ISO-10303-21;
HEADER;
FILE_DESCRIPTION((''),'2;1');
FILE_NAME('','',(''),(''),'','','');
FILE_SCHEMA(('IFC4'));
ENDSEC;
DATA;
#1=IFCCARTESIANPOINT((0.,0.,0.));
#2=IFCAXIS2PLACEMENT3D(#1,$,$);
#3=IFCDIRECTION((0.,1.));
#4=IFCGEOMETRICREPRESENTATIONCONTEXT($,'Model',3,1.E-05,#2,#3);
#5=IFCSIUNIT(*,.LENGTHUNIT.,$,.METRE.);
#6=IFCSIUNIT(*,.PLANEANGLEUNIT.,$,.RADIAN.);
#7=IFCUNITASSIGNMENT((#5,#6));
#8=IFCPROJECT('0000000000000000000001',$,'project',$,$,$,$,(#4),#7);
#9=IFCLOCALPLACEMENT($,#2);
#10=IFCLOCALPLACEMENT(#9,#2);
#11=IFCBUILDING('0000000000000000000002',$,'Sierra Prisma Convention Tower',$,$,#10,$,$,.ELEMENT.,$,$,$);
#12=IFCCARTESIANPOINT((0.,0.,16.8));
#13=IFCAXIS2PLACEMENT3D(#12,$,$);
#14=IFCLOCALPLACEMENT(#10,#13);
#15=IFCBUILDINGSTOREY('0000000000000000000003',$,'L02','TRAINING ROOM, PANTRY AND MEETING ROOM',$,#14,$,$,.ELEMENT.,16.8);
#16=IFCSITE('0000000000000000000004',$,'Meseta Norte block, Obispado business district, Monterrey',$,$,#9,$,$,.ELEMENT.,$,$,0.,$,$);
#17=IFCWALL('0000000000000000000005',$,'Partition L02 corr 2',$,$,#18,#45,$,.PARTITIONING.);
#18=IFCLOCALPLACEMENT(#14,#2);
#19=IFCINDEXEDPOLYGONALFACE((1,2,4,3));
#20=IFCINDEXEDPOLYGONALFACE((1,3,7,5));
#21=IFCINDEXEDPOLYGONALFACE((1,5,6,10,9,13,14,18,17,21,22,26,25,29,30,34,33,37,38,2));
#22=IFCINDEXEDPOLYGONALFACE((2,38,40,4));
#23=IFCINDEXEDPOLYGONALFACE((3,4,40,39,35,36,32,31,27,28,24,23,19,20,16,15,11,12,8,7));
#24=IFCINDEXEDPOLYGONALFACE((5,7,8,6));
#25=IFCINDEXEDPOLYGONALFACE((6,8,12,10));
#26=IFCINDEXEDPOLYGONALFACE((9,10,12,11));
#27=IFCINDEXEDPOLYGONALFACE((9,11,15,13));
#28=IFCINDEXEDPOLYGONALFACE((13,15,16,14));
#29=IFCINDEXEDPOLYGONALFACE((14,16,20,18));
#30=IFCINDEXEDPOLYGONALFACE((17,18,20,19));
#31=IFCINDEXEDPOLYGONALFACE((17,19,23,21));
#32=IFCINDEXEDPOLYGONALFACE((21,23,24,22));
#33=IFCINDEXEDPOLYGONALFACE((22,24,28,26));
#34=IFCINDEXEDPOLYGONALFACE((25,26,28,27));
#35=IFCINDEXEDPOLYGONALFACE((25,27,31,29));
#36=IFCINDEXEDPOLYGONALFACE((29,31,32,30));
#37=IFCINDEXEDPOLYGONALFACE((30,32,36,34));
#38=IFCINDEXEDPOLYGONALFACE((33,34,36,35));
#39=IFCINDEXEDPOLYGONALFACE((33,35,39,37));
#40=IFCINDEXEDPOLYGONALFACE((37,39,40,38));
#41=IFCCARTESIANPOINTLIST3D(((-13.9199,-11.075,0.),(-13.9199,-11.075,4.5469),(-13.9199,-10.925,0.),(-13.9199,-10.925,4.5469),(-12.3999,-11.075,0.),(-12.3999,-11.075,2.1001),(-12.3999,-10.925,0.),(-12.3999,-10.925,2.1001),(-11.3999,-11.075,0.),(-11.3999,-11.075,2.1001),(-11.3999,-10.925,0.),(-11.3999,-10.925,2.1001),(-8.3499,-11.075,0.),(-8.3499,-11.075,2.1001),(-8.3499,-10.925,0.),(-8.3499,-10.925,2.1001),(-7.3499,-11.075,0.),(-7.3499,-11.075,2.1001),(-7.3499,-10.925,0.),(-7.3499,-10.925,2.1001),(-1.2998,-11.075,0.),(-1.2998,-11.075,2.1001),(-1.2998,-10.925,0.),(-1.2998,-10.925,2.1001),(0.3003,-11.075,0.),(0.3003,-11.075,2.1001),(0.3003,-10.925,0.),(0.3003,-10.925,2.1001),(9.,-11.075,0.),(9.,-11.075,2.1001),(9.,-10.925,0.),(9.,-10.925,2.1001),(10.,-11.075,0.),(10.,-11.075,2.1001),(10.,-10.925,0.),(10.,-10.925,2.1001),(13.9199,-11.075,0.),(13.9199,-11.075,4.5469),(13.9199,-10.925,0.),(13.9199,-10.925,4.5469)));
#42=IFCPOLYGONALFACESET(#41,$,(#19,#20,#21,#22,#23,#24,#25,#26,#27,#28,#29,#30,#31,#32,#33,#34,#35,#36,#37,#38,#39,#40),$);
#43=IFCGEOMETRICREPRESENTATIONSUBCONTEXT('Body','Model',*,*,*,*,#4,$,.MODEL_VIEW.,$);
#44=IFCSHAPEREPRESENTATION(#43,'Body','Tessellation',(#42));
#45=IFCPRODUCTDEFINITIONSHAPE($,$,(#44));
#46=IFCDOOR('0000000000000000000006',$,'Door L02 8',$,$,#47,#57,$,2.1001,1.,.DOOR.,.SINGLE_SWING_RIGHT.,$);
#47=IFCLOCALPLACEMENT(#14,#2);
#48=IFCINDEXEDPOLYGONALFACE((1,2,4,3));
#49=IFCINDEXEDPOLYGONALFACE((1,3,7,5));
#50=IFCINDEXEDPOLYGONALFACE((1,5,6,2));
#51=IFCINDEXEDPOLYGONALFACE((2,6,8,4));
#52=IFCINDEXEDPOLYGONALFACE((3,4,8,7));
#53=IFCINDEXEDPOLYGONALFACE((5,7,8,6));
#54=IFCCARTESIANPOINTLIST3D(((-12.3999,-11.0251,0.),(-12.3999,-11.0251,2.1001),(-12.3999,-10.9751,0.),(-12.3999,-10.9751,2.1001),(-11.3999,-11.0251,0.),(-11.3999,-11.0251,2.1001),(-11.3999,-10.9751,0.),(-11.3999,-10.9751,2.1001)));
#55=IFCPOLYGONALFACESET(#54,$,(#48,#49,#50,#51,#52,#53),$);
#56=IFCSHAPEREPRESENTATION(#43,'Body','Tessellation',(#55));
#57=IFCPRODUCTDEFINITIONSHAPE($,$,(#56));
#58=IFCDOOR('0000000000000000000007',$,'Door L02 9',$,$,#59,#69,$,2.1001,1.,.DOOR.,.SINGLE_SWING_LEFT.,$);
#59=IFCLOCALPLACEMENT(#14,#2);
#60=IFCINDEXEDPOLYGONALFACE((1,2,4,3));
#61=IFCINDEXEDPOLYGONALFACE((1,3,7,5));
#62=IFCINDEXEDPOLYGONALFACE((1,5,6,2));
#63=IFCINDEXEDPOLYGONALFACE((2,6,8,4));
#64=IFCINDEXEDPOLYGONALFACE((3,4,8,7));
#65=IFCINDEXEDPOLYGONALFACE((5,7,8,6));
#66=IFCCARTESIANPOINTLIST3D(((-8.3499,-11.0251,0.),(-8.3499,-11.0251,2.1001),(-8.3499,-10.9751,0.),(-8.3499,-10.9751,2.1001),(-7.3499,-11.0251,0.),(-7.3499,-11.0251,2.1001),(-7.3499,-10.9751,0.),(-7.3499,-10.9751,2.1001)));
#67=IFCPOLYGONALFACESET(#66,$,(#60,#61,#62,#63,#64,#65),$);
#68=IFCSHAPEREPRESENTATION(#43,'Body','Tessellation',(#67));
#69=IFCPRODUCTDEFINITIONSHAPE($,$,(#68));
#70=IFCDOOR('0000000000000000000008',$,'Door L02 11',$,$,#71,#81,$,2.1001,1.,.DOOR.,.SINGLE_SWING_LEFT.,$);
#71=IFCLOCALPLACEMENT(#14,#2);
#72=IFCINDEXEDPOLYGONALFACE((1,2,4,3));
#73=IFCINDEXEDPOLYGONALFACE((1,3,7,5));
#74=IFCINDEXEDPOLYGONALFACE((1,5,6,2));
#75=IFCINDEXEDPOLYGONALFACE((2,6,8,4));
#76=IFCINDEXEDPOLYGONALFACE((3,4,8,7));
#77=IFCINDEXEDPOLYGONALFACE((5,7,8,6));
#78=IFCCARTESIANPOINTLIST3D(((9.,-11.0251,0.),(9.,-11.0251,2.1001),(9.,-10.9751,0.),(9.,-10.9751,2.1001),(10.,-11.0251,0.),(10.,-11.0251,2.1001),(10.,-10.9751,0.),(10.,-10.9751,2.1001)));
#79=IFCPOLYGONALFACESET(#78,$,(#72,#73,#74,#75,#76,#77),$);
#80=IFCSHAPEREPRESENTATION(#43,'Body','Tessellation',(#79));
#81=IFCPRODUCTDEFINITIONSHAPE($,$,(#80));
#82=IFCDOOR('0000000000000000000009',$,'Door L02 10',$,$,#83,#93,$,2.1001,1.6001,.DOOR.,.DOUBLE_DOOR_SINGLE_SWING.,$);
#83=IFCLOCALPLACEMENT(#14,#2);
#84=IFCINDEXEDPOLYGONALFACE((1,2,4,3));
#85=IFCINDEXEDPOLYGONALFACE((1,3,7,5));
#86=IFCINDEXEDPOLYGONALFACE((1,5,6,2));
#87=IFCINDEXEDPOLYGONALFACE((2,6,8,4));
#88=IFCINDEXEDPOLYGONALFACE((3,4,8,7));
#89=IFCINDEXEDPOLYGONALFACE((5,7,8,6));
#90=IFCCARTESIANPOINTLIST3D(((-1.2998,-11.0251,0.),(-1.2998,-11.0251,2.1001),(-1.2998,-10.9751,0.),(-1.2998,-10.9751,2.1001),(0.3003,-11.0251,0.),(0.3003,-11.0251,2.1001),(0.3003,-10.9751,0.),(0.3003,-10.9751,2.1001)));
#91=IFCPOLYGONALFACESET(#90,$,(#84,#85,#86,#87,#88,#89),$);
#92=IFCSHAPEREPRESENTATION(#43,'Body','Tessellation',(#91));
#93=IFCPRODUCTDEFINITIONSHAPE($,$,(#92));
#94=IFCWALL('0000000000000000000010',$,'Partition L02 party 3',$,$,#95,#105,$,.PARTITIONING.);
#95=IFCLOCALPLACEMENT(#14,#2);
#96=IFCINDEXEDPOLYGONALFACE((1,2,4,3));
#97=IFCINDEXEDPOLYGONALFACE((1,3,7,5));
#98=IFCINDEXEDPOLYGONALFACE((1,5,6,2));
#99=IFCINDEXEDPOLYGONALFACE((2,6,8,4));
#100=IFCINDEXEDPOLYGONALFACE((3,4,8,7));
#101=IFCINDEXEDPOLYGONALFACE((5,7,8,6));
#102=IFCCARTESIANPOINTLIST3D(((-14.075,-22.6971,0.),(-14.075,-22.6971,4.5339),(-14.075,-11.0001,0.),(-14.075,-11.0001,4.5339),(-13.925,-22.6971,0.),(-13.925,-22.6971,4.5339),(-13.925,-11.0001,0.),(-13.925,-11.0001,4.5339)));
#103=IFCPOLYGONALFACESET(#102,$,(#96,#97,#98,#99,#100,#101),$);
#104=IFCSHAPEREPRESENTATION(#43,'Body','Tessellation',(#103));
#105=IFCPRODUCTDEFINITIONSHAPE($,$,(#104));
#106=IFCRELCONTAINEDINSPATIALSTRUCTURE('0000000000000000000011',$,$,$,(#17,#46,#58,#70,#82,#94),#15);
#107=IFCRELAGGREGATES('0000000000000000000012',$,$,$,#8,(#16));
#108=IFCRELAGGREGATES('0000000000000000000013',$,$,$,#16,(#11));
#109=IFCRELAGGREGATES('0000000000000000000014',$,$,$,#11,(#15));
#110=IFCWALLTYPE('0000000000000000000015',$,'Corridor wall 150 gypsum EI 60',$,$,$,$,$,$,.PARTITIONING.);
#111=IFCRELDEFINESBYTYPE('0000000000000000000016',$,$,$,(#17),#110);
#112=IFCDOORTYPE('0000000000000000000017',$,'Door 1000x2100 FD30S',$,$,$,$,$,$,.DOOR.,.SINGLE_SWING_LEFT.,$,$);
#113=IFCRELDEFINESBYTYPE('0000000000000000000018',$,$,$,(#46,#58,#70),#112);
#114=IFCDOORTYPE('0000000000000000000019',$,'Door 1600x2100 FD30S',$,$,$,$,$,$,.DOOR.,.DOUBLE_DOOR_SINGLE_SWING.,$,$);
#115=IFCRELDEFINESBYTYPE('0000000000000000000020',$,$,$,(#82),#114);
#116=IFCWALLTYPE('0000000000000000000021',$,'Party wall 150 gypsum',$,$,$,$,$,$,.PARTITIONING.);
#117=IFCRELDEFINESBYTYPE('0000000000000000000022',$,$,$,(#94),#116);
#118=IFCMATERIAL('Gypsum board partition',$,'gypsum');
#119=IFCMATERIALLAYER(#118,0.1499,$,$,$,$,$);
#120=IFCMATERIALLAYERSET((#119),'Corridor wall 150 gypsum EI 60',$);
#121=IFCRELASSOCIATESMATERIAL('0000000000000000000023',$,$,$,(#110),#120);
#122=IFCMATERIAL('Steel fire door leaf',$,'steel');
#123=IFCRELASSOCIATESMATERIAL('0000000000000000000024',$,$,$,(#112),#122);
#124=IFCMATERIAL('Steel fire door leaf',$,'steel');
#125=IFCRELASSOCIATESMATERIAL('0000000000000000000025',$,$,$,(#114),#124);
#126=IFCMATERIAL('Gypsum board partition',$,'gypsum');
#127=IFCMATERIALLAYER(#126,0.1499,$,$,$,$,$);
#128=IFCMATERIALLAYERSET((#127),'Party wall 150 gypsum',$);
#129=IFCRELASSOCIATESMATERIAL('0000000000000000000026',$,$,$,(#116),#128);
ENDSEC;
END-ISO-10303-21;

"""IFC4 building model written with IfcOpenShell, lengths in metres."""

from ifc_helpers import new_model, si_unit, direction, frame, frame_2d, origin, place, context, subcontext, project, spatial, rectangle, extrude, material, layer, layer_set, type_object, element, fill, save


model = new_model("IFC4")

# Units and contexts
model_context = context("Model", 3, precision=1e-05, world=origin(), true_north=direction((0.0, 1.0)))
body_context = subcontext(model_context, "Body", "Model", "MODEL_VIEW")
ifc_project = project(units=[si_unit("LENGTHUNIT", "METRE"), si_unit("PLANEANGLEUNIT", "RADIAN")], contexts=[model_context])

# Site, building, storey
site_placement = place(None, origin())
site = spatial("IfcSite", under=ifc_project, at=site_placement, Name="Meseta Norte block, Obispado business district, Monterrey", CompositionType="ELEMENT", RefElevation=0.0)
building_placement = place(site_placement, origin())
building = spatial("IfcBuilding", under=site, at=building_placement, Name="Sierra Prisma Convention Tower", CompositionType="ELEMENT")
storey_placement = place(building_placement, frame((0.0, 0.0, 16.8)))
storey = spatial("IfcBuildingStorey", under=building, at=storey_placement, Name="L02", Description="TRAINING ROOM, PANTRY AND MEETING ROOM", CompositionType="ELEMENT", Elevation=16.8)

# Wall, openings, doors
ifc_material_1 = material(Name="Gypsum board partition", Category="gypsum")
ifc_layer_1 = layer(ifc_material_1, 0.1499)
ifc_layer_set_1 = layer_set([ifc_layer_1], Name="Corridor wall 150 gypsum EI 60")
wall_type_1 = type_object("IfcWallType", Name="Corridor wall 150 gypsum EI 60", PredefinedType="PARTITIONING", material=ifc_layer_set_1)
wall_1_placement = place(storey_placement, frame((-13.9199, -11.0, 0.0), z_axis=(0.0, 0.0, 1.0), x_axis=(1.0, 0.0, 0.0)))
wall_1 = element("IfcWall", 1, at=wall_1_placement, inside=storey, type_object=wall_type_1, Name="Partition L02 corr 2", PredefinedType="PARTITIONING", context=body_context, shape_type="SweptSolid", body=[
    extrude(rectangle(XDim=27.8398, YDim=0.1499, at=frame_2d((13.9199, 0.0))), origin(), (0.0, 0.0, 1.0), 4.5469),
])
opening_1_placement = place(wall_1_placement, frame((1.52, 0.0, 0.0)))
opening_1 = element("IfcOpeningElement", 2, at=opening_1_placement, cuts=wall_1, PredefinedType="OPENING", context=body_context, shape_type="SweptSolid", body=[
    extrude(rectangle(XDim=1.0, YDim=2.1001, at=frame_2d((0.5, 1.05))), frame((0.0, 0.075, 0.0), z_axis=(0.0, -1.0, 0.0), x_axis=(1.0, 0.0, 0.0)), (0.0, 0.0, 1.0), 0.1499),
])
opening_2_placement = place(wall_1_placement, frame((5.5701, 0.0, 0.0)))
opening_2 = element("IfcOpeningElement", 3, at=opening_2_placement, cuts=wall_1, PredefinedType="OPENING", context=body_context, shape_type="SweptSolid", body=[
    extrude(rectangle(XDim=1.0, YDim=2.1001, at=frame_2d((0.5, 1.05))), frame((0.0, 0.075, 0.0), z_axis=(0.0, -1.0, 0.0), x_axis=(1.0, 0.0, 0.0)), (0.0, 0.0, 1.0), 0.1499),
])
opening_3_placement = place(wall_1_placement, frame((12.6201, 0.0, 0.0)))
opening_3 = element("IfcOpeningElement", 4, at=opening_3_placement, cuts=wall_1, PredefinedType="OPENING", context=body_context, shape_type="SweptSolid", body=[
    extrude(rectangle(XDim=1.6001, YDim=2.1001, at=frame_2d((0.8, 1.05))), frame((0.0, 0.075, 0.0), z_axis=(0.0, -1.0, 0.0), x_axis=(1.0, 0.0, 0.0)), (0.0, 0.0, 1.0), 0.1499),
])
opening_4_placement = place(wall_1_placement, frame((22.9199, 0.0, 0.0)))
opening_4 = element("IfcOpeningElement", 5, at=opening_4_placement, cuts=wall_1, PredefinedType="OPENING", context=body_context, shape_type="SweptSolid", body=[
    extrude(rectangle(XDim=1.0, YDim=2.1001, at=frame_2d((0.5, 1.05))), frame((0.0, 0.075, 0.0), z_axis=(0.0, -1.0, 0.0), x_axis=(1.0, 0.0, 0.0)), (0.0, 0.0, 1.0), 0.1499),
])
ifc_material_2 = material(Name="Steel fire door leaf", Category="steel")
door_type_1 = type_object("IfcDoorType", Name="Door 1000x2100 FD30S", OperationType="SINGLE_SWING_LEFT", PredefinedType="DOOR", material=ifc_material_2)
door_1_placement = place(opening_1_placement, origin())
door_1 = element("IfcDoor", 6, at=door_1_placement, inside=storey, type_object=door_type_1, Name="Door L02 8", OperationType="SINGLE_SWING_RIGHT", OverallHeight=2.1001, OverallWidth=1.0, PredefinedType="DOOR", context=body_context, shape_type="SweptSolid", body=[
    extrude(rectangle(XDim=1.0, YDim=2.1001, at=frame_2d((0.5, 1.05))), frame((0.0, 0.0249, 0.0), z_axis=(0.0, -1.0, 0.0), x_axis=(1.0, 0.0, 0.0)), (0.0, 0.0, 1.0), 0.05),
])
fill(opening_1, door_1)
door_2_placement = place(opening_2_placement, origin())
door_2 = element("IfcDoor", 7, at=door_2_placement, inside=storey, type_object=door_type_1, Name="Door L02 9", OperationType="SINGLE_SWING_LEFT", OverallHeight=2.1001, OverallWidth=1.0, PredefinedType="DOOR", context=body_context, shape_type="SweptSolid", body=[
    extrude(rectangle(XDim=1.0, YDim=2.1001, at=frame_2d((0.5, 1.05))), frame((0.0, 0.0249, 0.0), z_axis=(0.0, -1.0, 0.0), x_axis=(1.0, 0.0, 0.0)), (0.0, 0.0, 1.0), 0.05),
])
fill(opening_2, door_2)
door_3_placement = place(opening_4_placement, origin())
door_3 = element("IfcDoor", 8, at=door_3_placement, inside=storey, type_object=door_type_1, Name="Door L02 11", OperationType="SINGLE_SWING_LEFT", OverallHeight=2.1001, OverallWidth=1.0, PredefinedType="DOOR", context=body_context, shape_type="SweptSolid", body=[
    extrude(rectangle(XDim=1.0, YDim=2.1001, at=frame_2d((0.5, 1.05))), frame((0.0, 0.0249, 0.0), z_axis=(0.0, -1.0, 0.0), x_axis=(1.0, 0.0, 0.0)), (0.0, 0.0, 1.0), 0.05),
])
fill(opening_4, door_3)
ifc_material_3 = material(Name="Steel fire door leaf", Category="steel")
door_type_2 = type_object("IfcDoorType", Name="Door 1600x2100 FD30S", OperationType="DOUBLE_DOOR_SINGLE_SWING", PredefinedType="DOOR", material=ifc_material_3)
door_4_placement = place(opening_3_placement, origin())
door_4 = element("IfcDoor", 9, at=door_4_placement, inside=storey, type_object=door_type_2, Name="Door L02 10", OperationType="DOUBLE_DOOR_SINGLE_SWING", OverallHeight=2.1001, OverallWidth=1.6001, PredefinedType="DOOR", context=body_context, shape_type="SweptSolid", body=[
    extrude(rectangle(XDim=1.6001, YDim=2.1001, at=frame_2d((0.8, 1.05))), frame((0.0, 0.0249, 0.0), z_axis=(0.0, -1.0, 0.0), x_axis=(1.0, 0.0, 0.0)), (0.0, 0.0, 1.0), 0.05),
])
fill(opening_3, door_4)

# Wall
ifc_material_4 = material(Name="Gypsum board partition", Category="gypsum")
ifc_layer_2 = layer(ifc_material_4, 0.1499)
ifc_layer_set_2 = layer_set([ifc_layer_2], Name="Party wall 150 gypsum")
wall_type_2 = type_object("IfcWallType", Name="Party wall 150 gypsum", PredefinedType="PARTITIONING", material=ifc_layer_set_2)
wall_2_placement = place(storey_placement, frame((-14.0, -11.0, 0.0), z_axis=(0.0, 0.0, 1.0), x_axis=(0.0, -1.0, 0.0)))
element("IfcWall", 10, at=wall_2_placement, inside=storey, type_object=wall_type_2, Name="Partition L02 party 3", PredefinedType="PARTITIONING", context=body_context, shape_type="SweptSolid", body=[
    extrude(rectangle(XDim=11.697, YDim=0.1499, at=frame_2d((5.8486, 0.0))), origin(), (0.0, 0.0, 1.0), 4.5339),
])

save(model, "model.ifc")
